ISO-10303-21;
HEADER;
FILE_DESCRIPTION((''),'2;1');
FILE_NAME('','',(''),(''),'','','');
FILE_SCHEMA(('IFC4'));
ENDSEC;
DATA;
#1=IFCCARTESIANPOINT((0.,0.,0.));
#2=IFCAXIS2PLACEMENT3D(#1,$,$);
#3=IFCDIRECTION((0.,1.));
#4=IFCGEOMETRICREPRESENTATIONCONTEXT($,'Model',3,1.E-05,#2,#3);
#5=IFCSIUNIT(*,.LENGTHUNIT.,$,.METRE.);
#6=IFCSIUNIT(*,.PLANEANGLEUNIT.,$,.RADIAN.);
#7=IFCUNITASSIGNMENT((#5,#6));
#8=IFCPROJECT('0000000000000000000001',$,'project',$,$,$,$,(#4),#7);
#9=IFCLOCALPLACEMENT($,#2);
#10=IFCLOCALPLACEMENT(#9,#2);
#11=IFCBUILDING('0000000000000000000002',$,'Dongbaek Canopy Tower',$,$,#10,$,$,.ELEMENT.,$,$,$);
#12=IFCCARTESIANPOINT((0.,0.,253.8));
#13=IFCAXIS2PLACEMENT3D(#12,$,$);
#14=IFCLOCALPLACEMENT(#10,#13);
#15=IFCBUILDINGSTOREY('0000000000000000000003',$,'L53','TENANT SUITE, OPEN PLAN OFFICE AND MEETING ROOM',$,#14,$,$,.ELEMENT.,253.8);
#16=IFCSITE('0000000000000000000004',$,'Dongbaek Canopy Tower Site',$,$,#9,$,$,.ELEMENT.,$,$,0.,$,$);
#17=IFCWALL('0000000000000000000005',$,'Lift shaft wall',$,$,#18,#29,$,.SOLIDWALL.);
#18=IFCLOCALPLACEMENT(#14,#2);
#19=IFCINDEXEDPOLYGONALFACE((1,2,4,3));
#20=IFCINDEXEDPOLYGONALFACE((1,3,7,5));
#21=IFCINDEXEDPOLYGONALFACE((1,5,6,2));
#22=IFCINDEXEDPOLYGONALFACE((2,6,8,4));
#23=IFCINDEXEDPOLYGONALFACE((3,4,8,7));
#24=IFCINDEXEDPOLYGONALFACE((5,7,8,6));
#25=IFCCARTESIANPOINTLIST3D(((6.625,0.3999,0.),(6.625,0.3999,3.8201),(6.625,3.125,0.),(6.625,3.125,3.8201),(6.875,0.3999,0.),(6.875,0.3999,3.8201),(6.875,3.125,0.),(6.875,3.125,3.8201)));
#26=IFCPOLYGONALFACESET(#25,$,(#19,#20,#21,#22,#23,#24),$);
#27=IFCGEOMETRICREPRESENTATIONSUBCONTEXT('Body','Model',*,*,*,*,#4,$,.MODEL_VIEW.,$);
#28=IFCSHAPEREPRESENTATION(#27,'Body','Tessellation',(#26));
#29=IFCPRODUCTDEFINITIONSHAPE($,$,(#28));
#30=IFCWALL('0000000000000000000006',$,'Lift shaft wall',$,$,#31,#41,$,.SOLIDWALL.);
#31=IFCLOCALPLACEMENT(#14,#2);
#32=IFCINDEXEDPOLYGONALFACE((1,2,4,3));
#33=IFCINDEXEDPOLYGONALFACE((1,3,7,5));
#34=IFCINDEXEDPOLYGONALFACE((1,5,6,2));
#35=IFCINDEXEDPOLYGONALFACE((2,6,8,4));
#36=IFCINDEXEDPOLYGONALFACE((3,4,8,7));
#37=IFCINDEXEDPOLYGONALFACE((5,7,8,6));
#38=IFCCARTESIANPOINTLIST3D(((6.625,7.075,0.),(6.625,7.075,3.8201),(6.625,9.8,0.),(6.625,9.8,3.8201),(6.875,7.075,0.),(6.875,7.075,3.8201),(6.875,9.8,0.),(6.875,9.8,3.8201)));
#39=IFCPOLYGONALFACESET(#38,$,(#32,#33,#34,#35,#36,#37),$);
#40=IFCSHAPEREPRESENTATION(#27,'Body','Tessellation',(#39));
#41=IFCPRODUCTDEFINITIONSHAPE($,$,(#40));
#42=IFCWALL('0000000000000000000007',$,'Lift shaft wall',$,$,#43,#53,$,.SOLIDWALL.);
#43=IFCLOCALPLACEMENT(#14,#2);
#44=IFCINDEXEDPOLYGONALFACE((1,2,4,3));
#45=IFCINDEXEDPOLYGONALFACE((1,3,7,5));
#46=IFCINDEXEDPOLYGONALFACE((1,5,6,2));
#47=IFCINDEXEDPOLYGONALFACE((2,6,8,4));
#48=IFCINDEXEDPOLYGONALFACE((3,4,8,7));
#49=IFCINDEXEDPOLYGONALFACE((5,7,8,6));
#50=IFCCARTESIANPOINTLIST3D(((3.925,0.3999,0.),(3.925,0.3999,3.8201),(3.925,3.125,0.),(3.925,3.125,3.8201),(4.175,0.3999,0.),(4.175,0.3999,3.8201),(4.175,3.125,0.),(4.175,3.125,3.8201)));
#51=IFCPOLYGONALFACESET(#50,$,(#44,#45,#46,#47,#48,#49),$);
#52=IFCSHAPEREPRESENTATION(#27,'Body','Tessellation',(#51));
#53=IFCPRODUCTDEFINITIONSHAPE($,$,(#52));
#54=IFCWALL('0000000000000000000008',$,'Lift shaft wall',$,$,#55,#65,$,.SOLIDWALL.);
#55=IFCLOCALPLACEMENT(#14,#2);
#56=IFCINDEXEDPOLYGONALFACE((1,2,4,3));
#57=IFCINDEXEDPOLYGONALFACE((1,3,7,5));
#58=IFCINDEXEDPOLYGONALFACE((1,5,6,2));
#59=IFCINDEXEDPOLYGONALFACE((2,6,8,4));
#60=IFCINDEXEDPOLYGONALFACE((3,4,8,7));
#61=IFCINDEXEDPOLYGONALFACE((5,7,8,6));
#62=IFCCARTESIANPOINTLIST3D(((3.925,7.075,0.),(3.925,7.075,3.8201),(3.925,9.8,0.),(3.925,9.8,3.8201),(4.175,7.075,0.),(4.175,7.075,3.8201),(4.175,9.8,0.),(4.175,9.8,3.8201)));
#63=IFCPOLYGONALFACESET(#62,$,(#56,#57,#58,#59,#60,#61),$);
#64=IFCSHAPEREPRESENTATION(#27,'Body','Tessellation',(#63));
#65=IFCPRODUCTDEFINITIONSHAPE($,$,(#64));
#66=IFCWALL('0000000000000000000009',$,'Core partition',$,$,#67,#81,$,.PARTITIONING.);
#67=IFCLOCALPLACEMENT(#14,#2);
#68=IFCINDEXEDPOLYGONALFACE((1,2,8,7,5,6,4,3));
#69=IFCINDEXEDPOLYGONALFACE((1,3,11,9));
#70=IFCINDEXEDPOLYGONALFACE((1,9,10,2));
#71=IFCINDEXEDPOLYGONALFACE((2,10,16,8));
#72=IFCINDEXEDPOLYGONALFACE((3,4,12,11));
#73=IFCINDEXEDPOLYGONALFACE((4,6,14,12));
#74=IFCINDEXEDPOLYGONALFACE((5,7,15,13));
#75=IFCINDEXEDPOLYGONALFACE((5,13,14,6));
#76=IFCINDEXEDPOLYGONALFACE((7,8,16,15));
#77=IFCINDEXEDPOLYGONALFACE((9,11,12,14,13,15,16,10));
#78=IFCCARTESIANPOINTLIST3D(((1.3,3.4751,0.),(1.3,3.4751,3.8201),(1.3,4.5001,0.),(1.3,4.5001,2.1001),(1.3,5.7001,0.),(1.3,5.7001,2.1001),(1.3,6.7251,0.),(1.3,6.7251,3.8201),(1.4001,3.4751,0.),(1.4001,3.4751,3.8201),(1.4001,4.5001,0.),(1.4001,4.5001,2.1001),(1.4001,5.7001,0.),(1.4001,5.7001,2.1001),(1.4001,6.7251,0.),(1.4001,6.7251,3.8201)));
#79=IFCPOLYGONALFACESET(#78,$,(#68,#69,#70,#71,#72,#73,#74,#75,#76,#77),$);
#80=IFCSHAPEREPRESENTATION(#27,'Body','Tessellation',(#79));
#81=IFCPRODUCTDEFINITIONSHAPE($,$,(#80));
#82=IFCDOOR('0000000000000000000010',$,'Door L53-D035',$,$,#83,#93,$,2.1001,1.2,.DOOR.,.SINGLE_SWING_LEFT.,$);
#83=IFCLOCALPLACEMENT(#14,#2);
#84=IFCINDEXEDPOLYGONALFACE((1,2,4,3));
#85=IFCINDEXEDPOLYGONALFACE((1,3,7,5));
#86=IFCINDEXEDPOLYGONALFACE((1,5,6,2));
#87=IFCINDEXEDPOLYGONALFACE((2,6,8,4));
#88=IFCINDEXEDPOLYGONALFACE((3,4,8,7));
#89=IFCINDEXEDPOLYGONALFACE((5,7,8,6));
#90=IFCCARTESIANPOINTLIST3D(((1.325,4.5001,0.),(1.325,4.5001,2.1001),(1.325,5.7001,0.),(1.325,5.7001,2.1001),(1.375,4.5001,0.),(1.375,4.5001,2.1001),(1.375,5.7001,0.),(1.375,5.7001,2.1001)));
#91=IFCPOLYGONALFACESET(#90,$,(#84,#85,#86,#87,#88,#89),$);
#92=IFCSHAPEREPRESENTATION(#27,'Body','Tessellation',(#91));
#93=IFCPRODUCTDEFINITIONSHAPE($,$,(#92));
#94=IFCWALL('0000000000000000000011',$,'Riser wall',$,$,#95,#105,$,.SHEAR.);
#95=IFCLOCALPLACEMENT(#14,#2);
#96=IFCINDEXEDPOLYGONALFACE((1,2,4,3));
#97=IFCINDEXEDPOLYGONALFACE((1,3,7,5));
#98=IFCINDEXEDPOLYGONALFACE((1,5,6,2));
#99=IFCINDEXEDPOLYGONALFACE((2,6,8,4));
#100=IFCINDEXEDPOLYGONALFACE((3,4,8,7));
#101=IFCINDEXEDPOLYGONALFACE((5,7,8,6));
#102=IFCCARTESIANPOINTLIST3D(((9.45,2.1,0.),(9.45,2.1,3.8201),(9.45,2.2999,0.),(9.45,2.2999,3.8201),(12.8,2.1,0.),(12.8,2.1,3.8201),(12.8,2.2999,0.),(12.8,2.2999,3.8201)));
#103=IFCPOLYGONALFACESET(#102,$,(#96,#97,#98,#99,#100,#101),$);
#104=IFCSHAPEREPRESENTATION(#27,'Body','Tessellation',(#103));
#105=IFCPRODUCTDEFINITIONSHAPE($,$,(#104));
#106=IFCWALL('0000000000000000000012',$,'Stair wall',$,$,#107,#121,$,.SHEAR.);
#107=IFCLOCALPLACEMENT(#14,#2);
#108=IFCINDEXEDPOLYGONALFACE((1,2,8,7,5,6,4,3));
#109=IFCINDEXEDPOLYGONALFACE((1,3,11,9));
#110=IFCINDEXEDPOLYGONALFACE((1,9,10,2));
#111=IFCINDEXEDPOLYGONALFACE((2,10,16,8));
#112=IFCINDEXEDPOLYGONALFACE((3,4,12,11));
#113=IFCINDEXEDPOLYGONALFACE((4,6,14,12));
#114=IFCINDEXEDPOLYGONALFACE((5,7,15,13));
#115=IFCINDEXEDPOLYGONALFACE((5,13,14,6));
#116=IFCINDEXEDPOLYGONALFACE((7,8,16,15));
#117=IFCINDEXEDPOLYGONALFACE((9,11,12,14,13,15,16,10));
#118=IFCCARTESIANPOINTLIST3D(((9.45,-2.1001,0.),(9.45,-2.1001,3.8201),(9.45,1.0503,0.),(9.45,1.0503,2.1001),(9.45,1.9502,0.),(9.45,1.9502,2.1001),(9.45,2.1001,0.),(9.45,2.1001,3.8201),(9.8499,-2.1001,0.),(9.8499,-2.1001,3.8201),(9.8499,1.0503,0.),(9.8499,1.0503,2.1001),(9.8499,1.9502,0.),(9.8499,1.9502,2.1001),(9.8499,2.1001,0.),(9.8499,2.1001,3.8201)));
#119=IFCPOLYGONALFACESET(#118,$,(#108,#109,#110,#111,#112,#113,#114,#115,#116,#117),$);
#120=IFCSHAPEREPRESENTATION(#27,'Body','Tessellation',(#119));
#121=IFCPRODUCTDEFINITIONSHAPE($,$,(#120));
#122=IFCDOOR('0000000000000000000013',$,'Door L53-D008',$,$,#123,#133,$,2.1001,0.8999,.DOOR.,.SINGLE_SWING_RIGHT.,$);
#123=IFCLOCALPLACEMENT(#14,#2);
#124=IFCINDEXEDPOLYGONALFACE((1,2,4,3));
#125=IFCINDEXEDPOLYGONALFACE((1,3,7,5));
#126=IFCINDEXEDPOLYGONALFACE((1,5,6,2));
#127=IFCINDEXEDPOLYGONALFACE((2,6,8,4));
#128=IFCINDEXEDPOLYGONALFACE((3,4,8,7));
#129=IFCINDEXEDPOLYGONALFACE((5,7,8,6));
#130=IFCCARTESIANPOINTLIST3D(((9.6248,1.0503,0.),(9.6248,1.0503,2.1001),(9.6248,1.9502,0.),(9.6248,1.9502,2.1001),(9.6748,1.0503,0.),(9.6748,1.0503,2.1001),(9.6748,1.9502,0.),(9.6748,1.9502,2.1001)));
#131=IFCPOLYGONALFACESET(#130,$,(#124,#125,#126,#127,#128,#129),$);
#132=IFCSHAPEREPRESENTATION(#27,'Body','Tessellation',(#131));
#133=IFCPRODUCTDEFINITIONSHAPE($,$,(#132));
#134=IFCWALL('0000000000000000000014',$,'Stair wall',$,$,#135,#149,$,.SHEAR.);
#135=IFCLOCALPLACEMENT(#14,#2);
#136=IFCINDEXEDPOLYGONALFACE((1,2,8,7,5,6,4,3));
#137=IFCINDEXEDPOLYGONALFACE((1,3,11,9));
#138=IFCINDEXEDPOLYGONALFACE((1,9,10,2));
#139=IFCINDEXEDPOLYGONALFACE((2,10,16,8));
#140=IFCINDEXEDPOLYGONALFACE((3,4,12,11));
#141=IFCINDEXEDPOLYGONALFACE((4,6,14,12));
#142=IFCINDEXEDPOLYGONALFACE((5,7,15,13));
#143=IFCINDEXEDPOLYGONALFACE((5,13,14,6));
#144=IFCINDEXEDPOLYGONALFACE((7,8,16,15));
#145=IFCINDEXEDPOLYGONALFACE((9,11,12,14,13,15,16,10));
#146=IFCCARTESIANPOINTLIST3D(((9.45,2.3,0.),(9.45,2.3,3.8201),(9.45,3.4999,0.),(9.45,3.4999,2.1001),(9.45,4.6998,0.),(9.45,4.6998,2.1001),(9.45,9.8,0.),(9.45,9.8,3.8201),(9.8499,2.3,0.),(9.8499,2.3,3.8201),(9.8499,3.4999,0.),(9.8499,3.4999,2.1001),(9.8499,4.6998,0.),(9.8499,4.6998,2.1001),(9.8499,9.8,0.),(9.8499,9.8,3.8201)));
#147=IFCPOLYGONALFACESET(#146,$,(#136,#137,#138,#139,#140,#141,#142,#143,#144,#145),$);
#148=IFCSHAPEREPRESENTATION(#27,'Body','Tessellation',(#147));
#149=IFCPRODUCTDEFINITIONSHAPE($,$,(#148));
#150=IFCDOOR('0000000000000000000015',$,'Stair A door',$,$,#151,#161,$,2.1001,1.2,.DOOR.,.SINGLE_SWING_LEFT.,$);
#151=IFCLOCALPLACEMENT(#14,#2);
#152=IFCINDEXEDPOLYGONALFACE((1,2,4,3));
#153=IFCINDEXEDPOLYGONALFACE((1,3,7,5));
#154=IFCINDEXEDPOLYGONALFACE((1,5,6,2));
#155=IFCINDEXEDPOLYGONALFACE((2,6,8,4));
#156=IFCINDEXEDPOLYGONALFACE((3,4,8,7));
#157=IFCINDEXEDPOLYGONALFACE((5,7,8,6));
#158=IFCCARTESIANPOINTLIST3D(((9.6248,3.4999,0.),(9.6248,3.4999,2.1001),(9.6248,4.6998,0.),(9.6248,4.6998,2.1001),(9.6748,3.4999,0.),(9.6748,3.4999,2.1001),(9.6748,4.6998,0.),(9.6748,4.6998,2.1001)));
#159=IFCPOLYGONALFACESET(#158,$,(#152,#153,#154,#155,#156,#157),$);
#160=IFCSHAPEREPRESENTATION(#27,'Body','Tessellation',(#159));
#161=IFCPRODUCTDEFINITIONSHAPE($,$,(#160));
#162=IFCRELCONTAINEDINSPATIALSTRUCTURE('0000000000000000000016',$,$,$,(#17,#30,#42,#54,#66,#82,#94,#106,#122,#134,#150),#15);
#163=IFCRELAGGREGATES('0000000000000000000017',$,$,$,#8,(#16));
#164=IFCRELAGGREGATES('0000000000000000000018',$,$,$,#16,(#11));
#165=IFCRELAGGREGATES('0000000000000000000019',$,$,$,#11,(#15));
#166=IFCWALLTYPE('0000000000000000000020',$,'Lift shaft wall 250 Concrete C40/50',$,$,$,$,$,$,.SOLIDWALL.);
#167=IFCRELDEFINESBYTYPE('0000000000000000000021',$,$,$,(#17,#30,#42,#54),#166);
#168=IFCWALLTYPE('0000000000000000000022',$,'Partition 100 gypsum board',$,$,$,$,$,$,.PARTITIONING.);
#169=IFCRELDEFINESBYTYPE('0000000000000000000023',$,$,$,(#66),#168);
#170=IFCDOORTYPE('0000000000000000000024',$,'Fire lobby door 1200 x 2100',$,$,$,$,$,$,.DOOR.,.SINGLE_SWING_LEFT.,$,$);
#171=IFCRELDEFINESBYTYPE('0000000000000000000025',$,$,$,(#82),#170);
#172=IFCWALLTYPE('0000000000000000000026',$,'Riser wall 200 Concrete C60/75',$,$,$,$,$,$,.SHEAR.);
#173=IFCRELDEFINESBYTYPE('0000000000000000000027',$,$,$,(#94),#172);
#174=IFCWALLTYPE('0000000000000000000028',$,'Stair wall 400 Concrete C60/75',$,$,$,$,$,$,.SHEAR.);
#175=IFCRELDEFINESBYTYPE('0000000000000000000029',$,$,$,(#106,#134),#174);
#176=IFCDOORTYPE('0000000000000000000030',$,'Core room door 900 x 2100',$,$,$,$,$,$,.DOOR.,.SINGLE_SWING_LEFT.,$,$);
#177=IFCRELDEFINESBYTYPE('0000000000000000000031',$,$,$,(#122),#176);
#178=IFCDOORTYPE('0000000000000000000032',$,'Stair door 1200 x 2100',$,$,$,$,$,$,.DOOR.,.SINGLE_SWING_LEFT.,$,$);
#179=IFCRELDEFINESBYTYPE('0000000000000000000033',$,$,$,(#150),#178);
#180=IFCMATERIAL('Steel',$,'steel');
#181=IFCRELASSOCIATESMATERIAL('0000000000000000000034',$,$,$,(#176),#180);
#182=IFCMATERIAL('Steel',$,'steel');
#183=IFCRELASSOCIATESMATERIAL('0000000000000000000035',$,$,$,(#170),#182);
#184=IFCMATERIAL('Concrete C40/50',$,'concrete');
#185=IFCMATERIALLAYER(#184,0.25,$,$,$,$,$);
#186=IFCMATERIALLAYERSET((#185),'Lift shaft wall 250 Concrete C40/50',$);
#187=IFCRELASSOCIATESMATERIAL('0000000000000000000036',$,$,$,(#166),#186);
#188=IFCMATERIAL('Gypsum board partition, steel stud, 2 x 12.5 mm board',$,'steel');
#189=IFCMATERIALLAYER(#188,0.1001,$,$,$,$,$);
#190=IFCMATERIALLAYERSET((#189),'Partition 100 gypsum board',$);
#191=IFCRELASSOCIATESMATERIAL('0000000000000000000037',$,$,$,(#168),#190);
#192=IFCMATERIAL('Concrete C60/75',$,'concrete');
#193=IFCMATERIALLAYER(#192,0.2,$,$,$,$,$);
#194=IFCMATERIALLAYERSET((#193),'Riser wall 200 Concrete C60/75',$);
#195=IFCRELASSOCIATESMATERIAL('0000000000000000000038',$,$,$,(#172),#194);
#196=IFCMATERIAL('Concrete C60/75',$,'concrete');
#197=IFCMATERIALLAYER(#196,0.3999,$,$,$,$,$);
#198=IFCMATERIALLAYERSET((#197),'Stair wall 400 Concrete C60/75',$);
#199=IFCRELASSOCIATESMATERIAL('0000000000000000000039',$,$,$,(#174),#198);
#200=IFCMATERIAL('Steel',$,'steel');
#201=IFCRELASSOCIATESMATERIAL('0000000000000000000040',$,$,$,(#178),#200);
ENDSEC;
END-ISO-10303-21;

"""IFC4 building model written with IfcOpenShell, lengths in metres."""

from ifc_helpers import new_model, si_unit, direction, frame, frame_2d, origin, place, context, subcontext, project, spatial, rectangle, extrude, material, layer, layer_set, type_object, element, fill, save


model = new_model("IFC4")

# Units and contexts
model_context = context("Model", 3, precision=1e-05, world=origin(), true_north=direction((0.0, 1.0)))
body_context = subcontext(model_context, "Body", "Model", "MODEL_VIEW")
ifc_project = project(units=[si_unit("LENGTHUNIT", "METRE"), si_unit("PLANEANGLEUNIT", "RADIAN")], contexts=[model_context])

# Site, building, storey
site_placement = place(None, origin())
site = spatial("IfcSite", under=ifc_project, at=site_placement, Name="Dongbaek Canopy Tower Site", CompositionType="ELEMENT", RefElevation=0.0)
building_placement = place(site_placement, origin())
building = spatial("IfcBuilding", under=site, at=building_placement, Name="Dongbaek Canopy Tower", CompositionType="ELEMENT")
storey_placement = place(building_placement, frame((0.0, 0.0, 253.8)))
storey = spatial("IfcBuildingStorey", under=building, at=storey_placement, Name="L53", Description="TENANT SUITE, OPEN PLAN OFFICE AND MEETING ROOM", CompositionType="ELEMENT", Elevation=253.8)

# Shared definitions
ifc_material_1 = material(Name="Steel", Category="steel")
door_type_1 = type_object("IfcDoorType", Name="Core room door 900 x 2100", OperationType="SINGLE_SWING_LEFT", PredefinedType="DOOR", material=ifc_material_1)

# Shared definitions
ifc_material_2 = material(Name="Steel", Category="steel")
door_type_2 = type_object("IfcDoorType", Name="Fire lobby door 1200 x 2100", OperationType="SINGLE_SWING_LEFT", PredefinedType="DOOR", material=ifc_material_2)

# Walls
ifc_material_3 = material(Name="Concrete C40/50", Category="concrete")
ifc_layer_1 = layer(ifc_material_3, 0.25)
ifc_layer_set_1 = layer_set([ifc_layer_1], Name="Lift shaft wall 250 Concrete C40/50")
wall_type_1 = type_object("IfcWallType", Name="Lift shaft wall 250 Concrete C40/50", PredefinedType="SOLIDWALL", material=ifc_layer_set_1)
for number, where, z_axis, x_axis, name in (
    (1, (6.75, 0.3999, 0.0), (0.0, 0.0, 1.0), (0.0, 1.0, 0.0), "Lift shaft wall"),
    (2, (6.75, 7.075, 0.0), (0.0, 0.0, 1.0), (0.0, 1.0, 0.0), "Lift shaft wall"),
    (3, (4.05, 0.3999, 0.0), (0.0, 0.0, 1.0), (0.0, 1.0, 0.0), "Lift shaft wall"),
    (4, (4.05, 7.075, 0.0), (0.0, 0.0, 1.0), (0.0, 1.0, 0.0), "Lift shaft wall"),
):
    element("IfcWall", number, at=place(storey_placement, frame(where, z_axis=z_axis, x_axis=x_axis)), inside=storey, type_object=wall_type_1, Name=name, PredefinedType="SOLIDWALL", context=body_context, shape_type="SweptSolid", body=[
        extrude(rectangle(XDim=2.7251, YDim=0.25, at=frame_2d((1.3625, 0.0))), origin(), (0.0, 0.0, 1.0), 3.8201),
    ])

# Wall, opening, door
ifc_material_4 = material(Name="Gypsum board partition, steel stud, 2 x 12.5 mm board", Category="steel")
ifc_layer_2 = layer(ifc_material_4, 0.1001)
ifc_layer_set_2 = layer_set([ifc_layer_2], Name="Partition 100 gypsum board")
wall_type_2 = type_object("IfcWallType", Name="Partition 100 gypsum board", PredefinedType="PARTITIONING", material=ifc_layer_set_2)
wall_1_placement = place(storey_placement, frame((1.3501, 6.7251, 0.0), z_axis=(0.0, 0.0, 1.0), x_axis=(0.0, -1.0, 0.0)))
wall_1 = element("IfcWall", 5, at=wall_1_placement, inside=storey, type_object=wall_type_2, Name="Core partition", PredefinedType="PARTITIONING", context=body_context, shape_type="SweptSolid", body=[
    extrude(rectangle(XDim=3.25, YDim=0.1001, at=frame_2d((1.625, 0.0))), origin(), (0.0, 0.0, 1.0), 3.8201),
])
opening_1_placement = place(wall_1_placement, frame((1.0249, 0.0, 0.0)))
opening_1 = element("IfcOpeningElement", 6, at=opening_1_placement, cuts=wall_1, PredefinedType="OPENING", context=body_context, shape_type="SweptSolid", body=[
    extrude(rectangle(XDim=1.2, YDim=2.1001, at=frame_2d((0.6001, 1.05))), frame((0.0, 0.0601, 0.0), z_axis=(0.0, -1.0, 0.0), x_axis=(1.0, 0.0, 0.0)), (0.0, 0.0, 1.0), 0.1201),
])
door_1_placement = place(opening_1_placement, origin())
door_1 = element("IfcDoor", 7, at=door_1_placement, inside=storey, type_object=door_type_2, Name="Door L53-D035", OperationType="SINGLE_SWING_LEFT", OverallHeight=2.1001, OverallWidth=1.2, PredefinedType="DOOR", context=body_context, shape_type="SweptSolid", body=[
    extrude(rectangle(XDim=1.2, YDim=2.1001, at=frame_2d((0.6001, 1.05))), frame((0.0, 0.0249, 0.0), z_axis=(0.0, -1.0, 0.0), x_axis=(1.0, 0.0, 0.0)), (0.0, 0.0, 1.0), 0.05),
])
fill(opening_1, door_1)

# Wall
ifc_material_5 = material(Name="Concrete C60/75", Category="concrete")
ifc_layer_3 = layer(ifc_material_5, 0.2)
ifc_layer_set_3 = layer_set([ifc_layer_3], Name="Riser wall 200 Concrete C60/75")
wall_type_3 = type_object("IfcWallType", Name="Riser wall 200 Concrete C60/75", PredefinedType="SHEAR", material=ifc_layer_set_3)
wall_2_placement = place(storey_placement, frame((9.45, 2.2, 0.0), z_axis=(0.0, 0.0, 1.0), x_axis=(1.0, 0.0, 0.0)))
element("IfcWall", 8, at=wall_2_placement, inside=storey, type_object=wall_type_3, Name="Riser wall", PredefinedType="SHEAR", context=body_context, shape_type="SweptSolid", body=[
    extrude(rectangle(XDim=3.3501, YDim=0.2, at=frame_2d((1.675, 0.0))), origin(), (0.0, 0.0, 1.0), 3.8201),
])

# Walls, openings, doors
ifc_material_6 = material(Name="Concrete C60/75", Category="concrete")
ifc_layer_4 = layer(ifc_material_6, 0.3999)
ifc_layer_set_4 = layer_set([ifc_layer_4], Name="Stair wall 400 Concrete C60/75")
wall_type_4 = type_object("IfcWallType", Name="Stair wall 400 Concrete C60/75", PredefinedType="SHEAR", material=ifc_layer_set_4)
wall_3_placement = place(storey_placement, frame((9.6499, 2.1001, 0.0), z_axis=(0.0, 0.0, 1.0), x_axis=(0.0, -1.0, 0.0)))
wall_3 = element("IfcWall", 9, at=wall_3_placement, inside=storey, type_object=wall_type_4, Name="Stair wall", PredefinedType="SHEAR", context=body_context, shape_type="SweptSolid", body=[
    extrude(rectangle(XDim=4.2002, YDim=0.3999, at=frame_2d((2.1001, 0.0))), origin(), (0.0, 0.0, 1.0), 3.8201),
])
opening_2_placement = place(wall_3_placement, frame((0.1499, 0.0, 0.0)))
opening_2 = element("IfcOpeningElement", 10, at=opening_2_placement, cuts=wall_3, PredefinedType="OPENING", context=body_context, shape_type="SweptSolid", body=[
    extrude(rectangle(XDim=0.8999, YDim=2.1001, at=frame_2d((0.45, 1.05))), frame((0.0, 0.21, 0.0), z_axis=(0.0, -1.0, 0.0), x_axis=(1.0, 0.0, 0.0)), (0.0, 0.0, 1.0), 0.4199),
])
door_2_placement = place(opening_2_placement, origin())
door_2 = element("IfcDoor", 11, at=door_2_placement, inside=storey, type_object=door_type_1, Name="Door L53-D008", OperationType="SINGLE_SWING_RIGHT", OverallHeight=2.1001, OverallWidth=0.8999, PredefinedType="DOOR", context=body_context, shape_type="SweptSolid", body=[
    extrude(rectangle(XDim=0.8999, YDim=2.1001, at=frame_2d((0.45, 1.05))), frame((0.0, 0.0249, 0.0), z_axis=(0.0, -1.0, 0.0), x_axis=(1.0, 0.0, 0.0)), (0.0, 0.0, 1.0), 0.05),
])
fill(opening_2, door_2)
wall_4_placement = place(storey_placement, frame((9.6499, 9.8, 0.0), z_axis=(0.0, 0.0, 1.0), x_axis=(0.0, -1.0, 0.0)))
wall_4 = element("IfcWall", 12, at=wall_4_placement, inside=storey, type_object=wall_type_4, Name="Stair wall", PredefinedType="SHEAR", context=body_context, shape_type="SweptSolid", body=[
    extrude(rectangle(XDim=7.5, YDim=0.3999, at=frame_2d((3.75, 0.0))), origin(), (0.0, 0.0, 1.0), 3.8201),
])
opening_3_placement = place(wall_4_placement, frame((5.1001, 0.0, 0.0)))
opening_3 = element("IfcOpeningElement", 13, at=opening_3_placement, cuts=wall_4, PredefinedType="OPENING", context=body_context, shape_type="SweptSolid", body=[
    extrude(rectangle(XDim=1.2, YDim=2.1001, at=frame_2d((0.6001, 1.05))), frame((0.0, 0.21, 0.0), z_axis=(0.0, -1.0, 0.0), x_axis=(1.0, 0.0, 0.0)), (0.0, 0.0, 1.0), 0.4199),
])
ifc_material_7 = material(Name="Steel", Category="steel")
door_type_3 = type_object("IfcDoorType", Name="Stair door 1200 x 2100", OperationType="SINGLE_SWING_LEFT", PredefinedType="DOOR", material=ifc_material_7)
door_3_placement = place(opening_3_placement, origin())
door_3 = element("IfcDoor", 14, at=door_3_placement, inside=storey, type_object=door_type_3, Name="Stair A door", OperationType="SINGLE_SWING_LEFT", OverallHeight=2.1001, OverallWidth=1.2, PredefinedType="DOOR", context=body_context, shape_type="SweptSolid", body=[
    extrude(rectangle(XDim=1.2, YDim=2.1001, at=frame_2d((0.6001, 1.05))), frame((0.0, 0.0249, 0.0), z_axis=(0.0, -1.0, 0.0), x_axis=(1.0, 0.0, 0.0)), (0.0, 0.0, 1.0), 0.05),
])
fill(opening_3, door_3)

save(model, "model.ifc")
